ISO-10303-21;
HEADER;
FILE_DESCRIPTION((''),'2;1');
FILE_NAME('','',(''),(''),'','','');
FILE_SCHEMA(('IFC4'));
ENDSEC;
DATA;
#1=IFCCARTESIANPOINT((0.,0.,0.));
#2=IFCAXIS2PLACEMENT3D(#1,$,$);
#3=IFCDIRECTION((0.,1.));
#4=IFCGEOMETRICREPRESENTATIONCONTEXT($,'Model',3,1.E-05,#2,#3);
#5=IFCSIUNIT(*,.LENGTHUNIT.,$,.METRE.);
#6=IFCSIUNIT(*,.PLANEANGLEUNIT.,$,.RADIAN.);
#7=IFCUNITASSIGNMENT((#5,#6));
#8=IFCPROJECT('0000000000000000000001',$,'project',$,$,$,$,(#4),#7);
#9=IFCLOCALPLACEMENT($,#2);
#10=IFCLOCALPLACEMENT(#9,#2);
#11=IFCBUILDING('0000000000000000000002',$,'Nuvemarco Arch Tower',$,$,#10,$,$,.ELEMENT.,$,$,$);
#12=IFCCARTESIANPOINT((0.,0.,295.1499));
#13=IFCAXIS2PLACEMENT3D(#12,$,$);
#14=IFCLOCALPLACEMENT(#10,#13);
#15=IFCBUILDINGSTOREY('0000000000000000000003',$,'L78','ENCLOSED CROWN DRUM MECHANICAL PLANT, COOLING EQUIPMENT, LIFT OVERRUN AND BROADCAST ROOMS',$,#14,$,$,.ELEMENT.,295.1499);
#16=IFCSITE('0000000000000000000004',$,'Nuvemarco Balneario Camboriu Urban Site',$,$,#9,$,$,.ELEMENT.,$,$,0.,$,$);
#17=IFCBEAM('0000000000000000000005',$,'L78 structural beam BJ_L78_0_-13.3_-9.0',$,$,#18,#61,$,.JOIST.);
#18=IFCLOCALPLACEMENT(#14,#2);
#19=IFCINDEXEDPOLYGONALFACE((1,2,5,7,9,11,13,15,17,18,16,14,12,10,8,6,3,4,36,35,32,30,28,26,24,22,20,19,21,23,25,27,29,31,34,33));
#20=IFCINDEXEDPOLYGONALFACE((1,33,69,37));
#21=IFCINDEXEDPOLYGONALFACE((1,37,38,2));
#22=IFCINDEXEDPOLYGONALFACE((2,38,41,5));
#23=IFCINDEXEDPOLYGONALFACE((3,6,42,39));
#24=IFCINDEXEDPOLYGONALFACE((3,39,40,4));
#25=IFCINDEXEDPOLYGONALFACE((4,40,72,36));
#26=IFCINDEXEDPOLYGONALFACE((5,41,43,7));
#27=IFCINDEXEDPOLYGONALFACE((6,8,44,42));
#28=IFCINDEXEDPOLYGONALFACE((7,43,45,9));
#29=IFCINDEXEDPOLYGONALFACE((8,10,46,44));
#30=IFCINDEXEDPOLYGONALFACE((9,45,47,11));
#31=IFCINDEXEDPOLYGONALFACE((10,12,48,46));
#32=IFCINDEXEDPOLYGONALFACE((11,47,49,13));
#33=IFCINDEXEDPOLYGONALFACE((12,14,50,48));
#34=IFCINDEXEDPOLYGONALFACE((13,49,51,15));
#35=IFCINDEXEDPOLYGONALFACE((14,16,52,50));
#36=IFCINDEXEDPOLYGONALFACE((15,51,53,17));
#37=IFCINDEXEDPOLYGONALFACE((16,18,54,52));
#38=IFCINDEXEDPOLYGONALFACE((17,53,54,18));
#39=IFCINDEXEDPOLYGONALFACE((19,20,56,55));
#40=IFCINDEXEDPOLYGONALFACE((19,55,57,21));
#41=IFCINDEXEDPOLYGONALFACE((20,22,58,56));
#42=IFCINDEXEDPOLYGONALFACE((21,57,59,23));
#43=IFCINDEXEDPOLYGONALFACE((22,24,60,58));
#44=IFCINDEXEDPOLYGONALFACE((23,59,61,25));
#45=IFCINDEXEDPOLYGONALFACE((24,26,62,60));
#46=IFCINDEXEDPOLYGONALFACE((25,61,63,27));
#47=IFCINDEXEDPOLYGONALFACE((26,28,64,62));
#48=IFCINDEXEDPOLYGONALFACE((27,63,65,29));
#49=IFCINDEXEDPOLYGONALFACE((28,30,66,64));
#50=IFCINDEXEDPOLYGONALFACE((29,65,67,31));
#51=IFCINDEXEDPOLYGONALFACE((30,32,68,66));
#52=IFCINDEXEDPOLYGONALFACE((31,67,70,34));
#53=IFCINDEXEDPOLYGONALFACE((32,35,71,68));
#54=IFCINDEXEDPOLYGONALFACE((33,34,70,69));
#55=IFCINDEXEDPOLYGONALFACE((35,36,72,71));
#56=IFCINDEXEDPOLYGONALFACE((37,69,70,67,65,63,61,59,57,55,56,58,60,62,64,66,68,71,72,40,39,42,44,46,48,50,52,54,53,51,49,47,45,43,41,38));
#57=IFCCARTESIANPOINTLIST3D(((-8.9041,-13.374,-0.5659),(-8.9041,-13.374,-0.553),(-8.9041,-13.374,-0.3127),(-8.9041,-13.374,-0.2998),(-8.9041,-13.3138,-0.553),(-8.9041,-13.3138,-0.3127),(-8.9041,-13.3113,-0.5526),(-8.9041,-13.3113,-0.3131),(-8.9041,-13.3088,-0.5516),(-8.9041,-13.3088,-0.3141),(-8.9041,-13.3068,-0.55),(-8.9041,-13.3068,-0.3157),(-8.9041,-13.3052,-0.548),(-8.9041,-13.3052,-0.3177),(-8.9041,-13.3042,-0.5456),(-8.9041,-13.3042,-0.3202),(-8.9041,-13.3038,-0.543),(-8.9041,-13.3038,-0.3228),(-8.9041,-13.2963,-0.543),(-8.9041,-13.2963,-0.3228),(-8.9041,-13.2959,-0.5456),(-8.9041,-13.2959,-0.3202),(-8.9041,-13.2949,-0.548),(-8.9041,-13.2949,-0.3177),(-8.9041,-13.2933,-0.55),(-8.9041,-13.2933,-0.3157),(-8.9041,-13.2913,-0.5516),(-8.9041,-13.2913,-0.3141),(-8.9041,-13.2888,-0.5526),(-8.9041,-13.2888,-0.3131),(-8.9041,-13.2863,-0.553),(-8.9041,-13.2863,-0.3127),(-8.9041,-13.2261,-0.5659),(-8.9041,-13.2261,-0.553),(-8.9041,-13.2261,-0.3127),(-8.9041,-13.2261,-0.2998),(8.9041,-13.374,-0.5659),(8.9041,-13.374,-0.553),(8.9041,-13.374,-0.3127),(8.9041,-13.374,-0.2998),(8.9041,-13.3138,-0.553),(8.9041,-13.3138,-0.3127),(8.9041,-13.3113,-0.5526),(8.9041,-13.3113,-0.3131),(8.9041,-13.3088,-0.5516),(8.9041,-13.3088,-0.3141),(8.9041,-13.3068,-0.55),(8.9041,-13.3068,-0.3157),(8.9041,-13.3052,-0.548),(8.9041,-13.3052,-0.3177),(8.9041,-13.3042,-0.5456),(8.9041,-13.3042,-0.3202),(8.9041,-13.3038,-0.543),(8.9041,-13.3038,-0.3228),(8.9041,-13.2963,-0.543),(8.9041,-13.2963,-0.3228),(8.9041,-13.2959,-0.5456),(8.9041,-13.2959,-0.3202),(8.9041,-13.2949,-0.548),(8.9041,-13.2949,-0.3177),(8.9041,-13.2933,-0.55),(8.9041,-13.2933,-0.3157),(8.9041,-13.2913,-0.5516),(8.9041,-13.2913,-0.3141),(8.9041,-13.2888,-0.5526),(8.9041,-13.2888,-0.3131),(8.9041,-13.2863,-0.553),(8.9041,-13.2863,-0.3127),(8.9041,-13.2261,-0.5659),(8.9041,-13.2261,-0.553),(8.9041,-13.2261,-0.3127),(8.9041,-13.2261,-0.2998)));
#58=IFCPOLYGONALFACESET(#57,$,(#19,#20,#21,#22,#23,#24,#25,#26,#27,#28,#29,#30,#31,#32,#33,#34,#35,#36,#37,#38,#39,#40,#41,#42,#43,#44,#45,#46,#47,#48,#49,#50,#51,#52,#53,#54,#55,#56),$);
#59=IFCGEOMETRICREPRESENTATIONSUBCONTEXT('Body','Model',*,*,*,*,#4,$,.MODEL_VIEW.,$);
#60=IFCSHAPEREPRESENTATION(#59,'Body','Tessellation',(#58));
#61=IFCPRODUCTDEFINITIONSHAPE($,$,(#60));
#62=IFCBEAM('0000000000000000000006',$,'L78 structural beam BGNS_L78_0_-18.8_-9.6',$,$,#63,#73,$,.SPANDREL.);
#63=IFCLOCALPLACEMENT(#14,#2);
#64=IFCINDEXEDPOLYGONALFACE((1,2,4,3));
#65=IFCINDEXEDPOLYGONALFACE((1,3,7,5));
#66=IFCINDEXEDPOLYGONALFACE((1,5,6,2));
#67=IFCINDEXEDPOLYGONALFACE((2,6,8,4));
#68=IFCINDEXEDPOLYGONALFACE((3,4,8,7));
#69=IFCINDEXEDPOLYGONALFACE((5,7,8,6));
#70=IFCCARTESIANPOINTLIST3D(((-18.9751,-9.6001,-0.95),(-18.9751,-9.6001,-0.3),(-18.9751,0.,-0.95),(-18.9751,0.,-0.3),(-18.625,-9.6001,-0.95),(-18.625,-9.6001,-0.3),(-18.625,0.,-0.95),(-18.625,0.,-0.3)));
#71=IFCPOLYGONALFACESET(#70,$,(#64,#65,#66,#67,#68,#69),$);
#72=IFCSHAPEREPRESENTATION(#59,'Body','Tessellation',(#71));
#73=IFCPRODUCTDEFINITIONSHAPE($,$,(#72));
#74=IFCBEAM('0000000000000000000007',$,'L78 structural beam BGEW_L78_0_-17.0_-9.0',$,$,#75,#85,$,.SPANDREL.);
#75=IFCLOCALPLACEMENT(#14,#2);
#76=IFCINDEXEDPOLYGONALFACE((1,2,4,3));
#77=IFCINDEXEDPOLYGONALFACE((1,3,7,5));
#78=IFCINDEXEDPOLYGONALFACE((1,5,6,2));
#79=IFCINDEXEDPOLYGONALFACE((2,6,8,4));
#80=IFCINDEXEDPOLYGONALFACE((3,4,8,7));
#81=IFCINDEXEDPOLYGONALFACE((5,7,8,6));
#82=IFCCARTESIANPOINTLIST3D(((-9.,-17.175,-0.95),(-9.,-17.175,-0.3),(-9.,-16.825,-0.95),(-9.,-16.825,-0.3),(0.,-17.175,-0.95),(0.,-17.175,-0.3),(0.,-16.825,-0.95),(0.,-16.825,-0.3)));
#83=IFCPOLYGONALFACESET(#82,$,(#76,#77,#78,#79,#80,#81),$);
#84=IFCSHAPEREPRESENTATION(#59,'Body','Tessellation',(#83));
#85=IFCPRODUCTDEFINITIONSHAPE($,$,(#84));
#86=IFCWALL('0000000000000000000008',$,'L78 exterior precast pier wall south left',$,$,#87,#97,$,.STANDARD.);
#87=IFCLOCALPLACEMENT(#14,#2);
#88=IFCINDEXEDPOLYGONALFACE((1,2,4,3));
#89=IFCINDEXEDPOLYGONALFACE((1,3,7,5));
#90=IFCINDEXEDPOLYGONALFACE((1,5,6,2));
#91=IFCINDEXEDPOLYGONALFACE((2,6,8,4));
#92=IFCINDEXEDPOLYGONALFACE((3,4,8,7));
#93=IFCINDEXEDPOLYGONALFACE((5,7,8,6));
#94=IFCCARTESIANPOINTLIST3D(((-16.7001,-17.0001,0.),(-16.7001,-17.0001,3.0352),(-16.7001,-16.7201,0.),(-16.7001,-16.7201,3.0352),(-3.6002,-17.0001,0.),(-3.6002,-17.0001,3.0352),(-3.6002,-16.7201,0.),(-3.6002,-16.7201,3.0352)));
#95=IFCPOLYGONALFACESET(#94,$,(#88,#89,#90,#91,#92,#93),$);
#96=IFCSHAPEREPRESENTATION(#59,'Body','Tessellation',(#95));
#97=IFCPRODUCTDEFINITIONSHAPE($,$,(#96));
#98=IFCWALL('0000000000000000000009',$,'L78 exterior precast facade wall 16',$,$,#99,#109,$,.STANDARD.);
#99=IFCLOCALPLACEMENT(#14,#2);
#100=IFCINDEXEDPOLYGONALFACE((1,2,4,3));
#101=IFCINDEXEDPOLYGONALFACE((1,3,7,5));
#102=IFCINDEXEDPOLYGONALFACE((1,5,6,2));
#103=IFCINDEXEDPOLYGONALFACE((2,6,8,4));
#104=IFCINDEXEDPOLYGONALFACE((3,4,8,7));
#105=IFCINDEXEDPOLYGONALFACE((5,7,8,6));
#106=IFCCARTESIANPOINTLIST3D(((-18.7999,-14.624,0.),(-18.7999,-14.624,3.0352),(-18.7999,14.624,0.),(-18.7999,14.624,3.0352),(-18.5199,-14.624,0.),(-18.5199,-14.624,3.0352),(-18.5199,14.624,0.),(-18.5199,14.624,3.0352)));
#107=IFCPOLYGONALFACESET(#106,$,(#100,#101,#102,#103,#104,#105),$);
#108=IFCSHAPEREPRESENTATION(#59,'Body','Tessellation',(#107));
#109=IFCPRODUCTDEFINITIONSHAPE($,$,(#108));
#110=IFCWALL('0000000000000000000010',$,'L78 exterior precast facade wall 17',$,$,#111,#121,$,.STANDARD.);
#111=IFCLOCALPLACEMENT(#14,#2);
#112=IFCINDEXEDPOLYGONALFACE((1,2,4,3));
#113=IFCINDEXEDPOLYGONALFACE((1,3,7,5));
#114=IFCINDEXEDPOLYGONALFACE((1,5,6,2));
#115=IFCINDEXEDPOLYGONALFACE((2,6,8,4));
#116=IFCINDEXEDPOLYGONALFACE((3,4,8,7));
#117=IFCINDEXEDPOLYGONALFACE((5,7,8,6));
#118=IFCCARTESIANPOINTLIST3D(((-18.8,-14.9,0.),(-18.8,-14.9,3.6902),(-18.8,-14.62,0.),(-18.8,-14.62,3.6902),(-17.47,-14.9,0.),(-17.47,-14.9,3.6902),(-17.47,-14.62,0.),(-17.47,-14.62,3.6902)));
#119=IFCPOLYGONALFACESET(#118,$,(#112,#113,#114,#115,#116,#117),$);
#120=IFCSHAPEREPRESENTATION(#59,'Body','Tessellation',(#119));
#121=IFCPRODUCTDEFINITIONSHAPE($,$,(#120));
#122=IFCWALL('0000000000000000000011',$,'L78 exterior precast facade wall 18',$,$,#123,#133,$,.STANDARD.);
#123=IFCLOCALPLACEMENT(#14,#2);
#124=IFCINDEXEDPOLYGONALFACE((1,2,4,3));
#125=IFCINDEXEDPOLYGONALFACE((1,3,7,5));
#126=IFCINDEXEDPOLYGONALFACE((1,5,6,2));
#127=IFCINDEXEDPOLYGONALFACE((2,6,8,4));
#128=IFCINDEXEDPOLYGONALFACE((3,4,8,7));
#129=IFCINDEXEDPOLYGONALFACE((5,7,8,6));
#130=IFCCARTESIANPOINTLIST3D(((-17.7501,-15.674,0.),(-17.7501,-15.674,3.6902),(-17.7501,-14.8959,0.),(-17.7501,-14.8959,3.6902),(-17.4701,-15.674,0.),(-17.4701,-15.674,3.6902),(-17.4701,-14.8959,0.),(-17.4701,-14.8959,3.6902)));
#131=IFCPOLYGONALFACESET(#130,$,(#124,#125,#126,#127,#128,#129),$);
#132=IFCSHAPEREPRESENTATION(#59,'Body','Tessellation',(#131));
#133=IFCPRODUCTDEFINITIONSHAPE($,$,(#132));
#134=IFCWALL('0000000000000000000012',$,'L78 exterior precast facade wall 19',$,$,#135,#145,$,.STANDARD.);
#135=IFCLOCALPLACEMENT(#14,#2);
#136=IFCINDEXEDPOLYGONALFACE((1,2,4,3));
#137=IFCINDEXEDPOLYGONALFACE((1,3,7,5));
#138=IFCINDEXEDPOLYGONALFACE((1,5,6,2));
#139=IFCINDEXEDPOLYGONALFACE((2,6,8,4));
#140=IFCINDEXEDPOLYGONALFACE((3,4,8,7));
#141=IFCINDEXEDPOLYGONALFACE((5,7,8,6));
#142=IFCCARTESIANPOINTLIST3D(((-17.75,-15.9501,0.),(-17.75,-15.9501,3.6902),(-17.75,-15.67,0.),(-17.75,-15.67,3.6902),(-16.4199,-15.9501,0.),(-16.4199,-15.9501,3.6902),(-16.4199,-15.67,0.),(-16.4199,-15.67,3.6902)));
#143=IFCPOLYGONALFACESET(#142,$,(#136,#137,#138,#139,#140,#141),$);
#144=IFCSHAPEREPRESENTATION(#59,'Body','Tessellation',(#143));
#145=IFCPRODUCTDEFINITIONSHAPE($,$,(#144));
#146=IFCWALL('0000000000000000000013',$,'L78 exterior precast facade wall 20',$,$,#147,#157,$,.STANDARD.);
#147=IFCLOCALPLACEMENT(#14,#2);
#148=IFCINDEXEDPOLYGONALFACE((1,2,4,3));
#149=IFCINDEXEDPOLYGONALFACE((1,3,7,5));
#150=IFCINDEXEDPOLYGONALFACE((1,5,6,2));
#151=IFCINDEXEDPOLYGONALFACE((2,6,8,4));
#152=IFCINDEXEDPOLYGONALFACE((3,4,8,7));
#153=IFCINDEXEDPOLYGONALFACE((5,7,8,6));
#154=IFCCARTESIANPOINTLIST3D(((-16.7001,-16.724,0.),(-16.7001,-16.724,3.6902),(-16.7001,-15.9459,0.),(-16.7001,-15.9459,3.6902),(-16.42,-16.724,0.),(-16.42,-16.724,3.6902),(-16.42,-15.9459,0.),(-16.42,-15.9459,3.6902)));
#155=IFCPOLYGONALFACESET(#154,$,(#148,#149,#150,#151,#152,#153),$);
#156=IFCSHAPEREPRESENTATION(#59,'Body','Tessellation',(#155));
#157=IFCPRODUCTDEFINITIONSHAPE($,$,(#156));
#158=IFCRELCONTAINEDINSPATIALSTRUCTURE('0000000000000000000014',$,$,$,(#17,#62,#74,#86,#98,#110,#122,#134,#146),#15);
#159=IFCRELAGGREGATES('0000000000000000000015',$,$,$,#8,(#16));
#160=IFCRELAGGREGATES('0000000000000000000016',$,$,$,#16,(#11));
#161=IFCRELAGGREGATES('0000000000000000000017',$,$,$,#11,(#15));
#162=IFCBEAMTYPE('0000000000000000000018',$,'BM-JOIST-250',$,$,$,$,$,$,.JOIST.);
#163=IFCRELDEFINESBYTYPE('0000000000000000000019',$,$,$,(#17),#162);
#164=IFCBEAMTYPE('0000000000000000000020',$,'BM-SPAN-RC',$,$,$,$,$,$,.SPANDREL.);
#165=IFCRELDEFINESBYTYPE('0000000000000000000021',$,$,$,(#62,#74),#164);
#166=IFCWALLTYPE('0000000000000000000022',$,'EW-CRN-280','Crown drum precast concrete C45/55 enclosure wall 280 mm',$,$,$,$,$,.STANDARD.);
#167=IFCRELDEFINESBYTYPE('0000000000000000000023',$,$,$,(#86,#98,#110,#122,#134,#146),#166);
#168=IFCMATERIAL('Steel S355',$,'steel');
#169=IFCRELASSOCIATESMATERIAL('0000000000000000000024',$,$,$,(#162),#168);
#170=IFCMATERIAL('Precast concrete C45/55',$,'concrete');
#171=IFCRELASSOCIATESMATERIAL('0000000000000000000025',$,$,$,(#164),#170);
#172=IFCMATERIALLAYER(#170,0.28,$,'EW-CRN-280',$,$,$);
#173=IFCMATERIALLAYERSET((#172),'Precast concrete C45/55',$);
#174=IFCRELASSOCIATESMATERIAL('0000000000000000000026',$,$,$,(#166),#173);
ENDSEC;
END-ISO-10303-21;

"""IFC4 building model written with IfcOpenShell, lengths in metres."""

from ifc_helpers import new_model, si_unit, direction, frame, frame_2d, origin, origin_2d, place, context, subcontext, project, spatial, rectangle, i_section, extrude, material, layer, layer_set, material_profile, profile_set, type_object, element, save


model = new_model("IFC4")

# Units and contexts
model_context = context("Model", 3, precision=1e-05, world=origin(), true_north=direction((0.0, 1.0)))
body_context = subcontext(model_context, "Body", "Model", "MODEL_VIEW")
ifc_project = project(units=[si_unit("LENGTHUNIT", "METRE"), si_unit("PLANEANGLEUNIT", "RADIAN")], contexts=[model_context])

# Site, building, storey
site_placement = place(None, origin())
site = spatial("IfcSite", under=ifc_project, at=site_placement, Name="Nuvemarco Balneario Camboriu Urban Site", CompositionType="ELEMENT", RefElevation=0.0)
building_placement = place(site_placement, origin())
building = spatial("IfcBuilding", under=site, at=building_placement, Name="Nuvemarco Arch Tower", CompositionType="ELEMENT")
storey_placement = place(building_placement, frame((0.0, 0.0, 295.1499)))
storey = spatial("IfcBuildingStorey", under=building, at=storey_placement, Name="L78", Description="ENCLOSED CROWN DRUM MECHANICAL PLANT, COOLING EQUIPMENT, LIFT OVERRUN AND BROADCAST ROOMS", CompositionType="ELEMENT", Elevation=295.1499)

# Shared definitions
ifc_material_1 = material(Name="Steel S355", Category="steel")

# Beams
ifc_material_profile_1 = material_profile(ifc_material_1, i_section(OverallWidth=0.1479, OverallDepth=0.2661, WebThickness=0.0076, FlangeThickness=0.0129, FilletRadius=0.01, at=origin_2d()), Name="W250x44.8")
ifc_profile_set_1 = profile_set([ifc_material_profile_1], Name="Steel S355")
beam_type_1 = type_object("IfcBeamType", Name="BM-JOIST-250", PredefinedType="JOIST", material=ifc_profile_set_1)
beam_1_placement = place(storey_placement, frame((-8.9041, -13.3, -0.4329), z_axis=(1.0, 0.0, 0.0), x_axis=(0.0, 1.0, 0.0)))
element("IfcBeam", 1, at=beam_1_placement, inside=storey, type_object=beam_type_1, Name="L78 structural beam BJ_L78_0_-13.3_-9.0", PredefinedType="JOIST", context=body_context, shape_type="SweptSolid", body=[
    extrude(i_section(OverallWidth=0.1479, OverallDepth=0.2661, WebThickness=0.0076, FlangeThickness=0.0129, FilletRadius=0.01, at=origin_2d()), origin(), (0.0, 0.0, 1.0), 17.8081),
])
ifc_material_2 = material(Name="Precast concrete C45/55", Category="concrete")
ifc_material_profile_2 = material_profile(ifc_material_2, rectangle(XDim=0.3501, YDim=0.6499, at=origin_2d()), Name="PC-SP-350x650")
ifc_profile_set_2 = profile_set([ifc_material_profile_2], Name="Precast concrete C45/55")
beam_type_2 = type_object("IfcBeamType", Name="BM-SPAN-RC", PredefinedType="SPANDREL", material=ifc_profile_set_2)
beam_2_placement = place(storey_placement, frame((-18.8, -9.6001, -0.625), z_axis=(0.0, 1.0, 0.0), x_axis=(-1.0, 0.0, 0.0)))
element("IfcBeam", 2, at=beam_2_placement, inside=storey, type_object=beam_type_2, Name="L78 structural beam BGNS_L78_0_-18.8_-9.6", PredefinedType="SPANDREL", context=body_context, shape_type="SweptSolid", body=[
    extrude(rectangle(XDim=0.3501, YDim=0.6499, at=origin_2d()), origin(), (0.0, 0.0, 1.0), 9.6001),
])
beam_3_placement = place(storey_placement, frame((-9.0, -17.0, -0.625), z_axis=(1.0, 0.0, 0.0), x_axis=(0.0, 1.0, 0.0)))
element("IfcBeam", 3, at=beam_3_placement, inside=storey, type_object=beam_type_2, Name="L78 structural beam BGEW_L78_0_-17.0_-9.0", PredefinedType="SPANDREL", context=body_context, shape_type="SweptSolid", body=[
    extrude(rectangle(XDim=0.3501, YDim=0.6499, at=origin_2d()), origin(), (0.0, 0.0, 1.0), 9.0),
])

# Walls
ifc_layer_1 = layer(ifc_material_2, 0.28, Name="EW-CRN-280")
ifc_layer_set_1 = layer_set([ifc_layer_1], Name="Precast concrete C45/55")
wall_type_1 = type_object("IfcWallType", Name="EW-CRN-280", Description="Crown drum precast concrete C45/55 enclosure wall 280 mm", PredefinedType="STANDARD", material=ifc_layer_set_1)
wall_1_placement = place(storey_placement, frame((-16.7, -16.8601, 0.0), z_axis=(0.0, 0.0, 1.0), x_axis=(1.0, 0.0, 0.0)))
element("IfcWall", 4, at=wall_1_placement, inside=storey, type_object=wall_type_1, Name="L78 exterior precast pier wall south left", PredefinedType="STANDARD", context=body_context, shape_type="SweptSolid", body=[
    extrude(rectangle(XDim=13.0999, YDim=0.28, at=frame_2d((6.5498, 0.0))), origin(), (0.0, 0.0, 1.0), 3.0352),
])
wall_2_placement = place(storey_placement, frame((-18.6599, -14.624, 0.0), z_axis=(0.0, 0.0, 1.0), x_axis=(0.0, 1.0, 0.0)))
element("IfcWall", 5, at=wall_2_placement, inside=storey, type_object=wall_type_1, Name="L78 exterior precast facade wall 16", PredefinedType="STANDARD", context=body_context, shape_type="SweptSolid", body=[
    extrude(rectangle(XDim=29.248, YDim=0.28, at=frame_2d((14.624, 0.0))), origin(), (0.0, 0.0, 1.0), 3.0352),
])
wall_3_placement = place(storey_placement, frame((-18.8, -14.76, 0.0), z_axis=(0.0, 0.0, 1.0), x_axis=(1.0, 0.0, 0.0)))
element("IfcWall", 6, at=wall_3_placement, inside=storey, type_object=wall_type_1, Name="L78 exterior precast facade wall 17", PredefinedType="STANDARD", context=body_context, shape_type="SweptSolid", body=[
    extrude(rectangle(XDim=1.3301, YDim=0.28, at=frame_2d((0.665, 0.0))), origin(), (0.0, 0.0, 1.0), 3.6902),
])
wall_4_placement = place(storey_placement, frame((-17.6101, -15.6741, 0.0), z_axis=(0.0, 0.0, 1.0), x_axis=(0.0, 1.0, 0.0)))
element("IfcWall", 7, at=wall_4_placement, inside=storey, type_object=wall_type_1, Name="L78 exterior precast facade wall 18", PredefinedType="STANDARD", context=body_context, shape_type="SweptSolid", body=[
    extrude(rectangle(XDim=0.7781, YDim=0.28, at=frame_2d((0.3892, 0.0))), origin(), (0.0, 0.0, 1.0), 3.6902),
])
wall_5_placement = place(storey_placement, frame((-17.75, -15.8101, 0.0), z_axis=(0.0, 0.0, 1.0), x_axis=(1.0, 0.0, 0.0)))
element("IfcWall", 8, at=wall_5_placement, inside=storey, type_object=wall_type_1, Name="L78 exterior precast facade wall 19", PredefinedType="STANDARD", context=body_context, shape_type="SweptSolid", body=[
    extrude(rectangle(XDim=1.3301, YDim=0.28, at=frame_2d((0.665, 0.0))), origin(), (0.0, 0.0, 1.0), 3.6902),
])
wall_6_placement = place(storey_placement, frame((-16.5601, -16.7241, 0.0), z_axis=(0.0, 0.0, 1.0), x_axis=(0.0, 1.0, 0.0)))
element("IfcWall", 9, at=wall_6_placement, inside=storey, type_object=wall_type_1, Name="L78 exterior precast facade wall 20", PredefinedType="STANDARD", context=body_context, shape_type="SweptSolid", body=[
    extrude(rectangle(XDim=0.7781, YDim=0.28, at=frame_2d((0.3892, 0.0))), origin(), (0.0, 0.0, 1.0), 3.6902),
])

save(model, "model.ifc")
